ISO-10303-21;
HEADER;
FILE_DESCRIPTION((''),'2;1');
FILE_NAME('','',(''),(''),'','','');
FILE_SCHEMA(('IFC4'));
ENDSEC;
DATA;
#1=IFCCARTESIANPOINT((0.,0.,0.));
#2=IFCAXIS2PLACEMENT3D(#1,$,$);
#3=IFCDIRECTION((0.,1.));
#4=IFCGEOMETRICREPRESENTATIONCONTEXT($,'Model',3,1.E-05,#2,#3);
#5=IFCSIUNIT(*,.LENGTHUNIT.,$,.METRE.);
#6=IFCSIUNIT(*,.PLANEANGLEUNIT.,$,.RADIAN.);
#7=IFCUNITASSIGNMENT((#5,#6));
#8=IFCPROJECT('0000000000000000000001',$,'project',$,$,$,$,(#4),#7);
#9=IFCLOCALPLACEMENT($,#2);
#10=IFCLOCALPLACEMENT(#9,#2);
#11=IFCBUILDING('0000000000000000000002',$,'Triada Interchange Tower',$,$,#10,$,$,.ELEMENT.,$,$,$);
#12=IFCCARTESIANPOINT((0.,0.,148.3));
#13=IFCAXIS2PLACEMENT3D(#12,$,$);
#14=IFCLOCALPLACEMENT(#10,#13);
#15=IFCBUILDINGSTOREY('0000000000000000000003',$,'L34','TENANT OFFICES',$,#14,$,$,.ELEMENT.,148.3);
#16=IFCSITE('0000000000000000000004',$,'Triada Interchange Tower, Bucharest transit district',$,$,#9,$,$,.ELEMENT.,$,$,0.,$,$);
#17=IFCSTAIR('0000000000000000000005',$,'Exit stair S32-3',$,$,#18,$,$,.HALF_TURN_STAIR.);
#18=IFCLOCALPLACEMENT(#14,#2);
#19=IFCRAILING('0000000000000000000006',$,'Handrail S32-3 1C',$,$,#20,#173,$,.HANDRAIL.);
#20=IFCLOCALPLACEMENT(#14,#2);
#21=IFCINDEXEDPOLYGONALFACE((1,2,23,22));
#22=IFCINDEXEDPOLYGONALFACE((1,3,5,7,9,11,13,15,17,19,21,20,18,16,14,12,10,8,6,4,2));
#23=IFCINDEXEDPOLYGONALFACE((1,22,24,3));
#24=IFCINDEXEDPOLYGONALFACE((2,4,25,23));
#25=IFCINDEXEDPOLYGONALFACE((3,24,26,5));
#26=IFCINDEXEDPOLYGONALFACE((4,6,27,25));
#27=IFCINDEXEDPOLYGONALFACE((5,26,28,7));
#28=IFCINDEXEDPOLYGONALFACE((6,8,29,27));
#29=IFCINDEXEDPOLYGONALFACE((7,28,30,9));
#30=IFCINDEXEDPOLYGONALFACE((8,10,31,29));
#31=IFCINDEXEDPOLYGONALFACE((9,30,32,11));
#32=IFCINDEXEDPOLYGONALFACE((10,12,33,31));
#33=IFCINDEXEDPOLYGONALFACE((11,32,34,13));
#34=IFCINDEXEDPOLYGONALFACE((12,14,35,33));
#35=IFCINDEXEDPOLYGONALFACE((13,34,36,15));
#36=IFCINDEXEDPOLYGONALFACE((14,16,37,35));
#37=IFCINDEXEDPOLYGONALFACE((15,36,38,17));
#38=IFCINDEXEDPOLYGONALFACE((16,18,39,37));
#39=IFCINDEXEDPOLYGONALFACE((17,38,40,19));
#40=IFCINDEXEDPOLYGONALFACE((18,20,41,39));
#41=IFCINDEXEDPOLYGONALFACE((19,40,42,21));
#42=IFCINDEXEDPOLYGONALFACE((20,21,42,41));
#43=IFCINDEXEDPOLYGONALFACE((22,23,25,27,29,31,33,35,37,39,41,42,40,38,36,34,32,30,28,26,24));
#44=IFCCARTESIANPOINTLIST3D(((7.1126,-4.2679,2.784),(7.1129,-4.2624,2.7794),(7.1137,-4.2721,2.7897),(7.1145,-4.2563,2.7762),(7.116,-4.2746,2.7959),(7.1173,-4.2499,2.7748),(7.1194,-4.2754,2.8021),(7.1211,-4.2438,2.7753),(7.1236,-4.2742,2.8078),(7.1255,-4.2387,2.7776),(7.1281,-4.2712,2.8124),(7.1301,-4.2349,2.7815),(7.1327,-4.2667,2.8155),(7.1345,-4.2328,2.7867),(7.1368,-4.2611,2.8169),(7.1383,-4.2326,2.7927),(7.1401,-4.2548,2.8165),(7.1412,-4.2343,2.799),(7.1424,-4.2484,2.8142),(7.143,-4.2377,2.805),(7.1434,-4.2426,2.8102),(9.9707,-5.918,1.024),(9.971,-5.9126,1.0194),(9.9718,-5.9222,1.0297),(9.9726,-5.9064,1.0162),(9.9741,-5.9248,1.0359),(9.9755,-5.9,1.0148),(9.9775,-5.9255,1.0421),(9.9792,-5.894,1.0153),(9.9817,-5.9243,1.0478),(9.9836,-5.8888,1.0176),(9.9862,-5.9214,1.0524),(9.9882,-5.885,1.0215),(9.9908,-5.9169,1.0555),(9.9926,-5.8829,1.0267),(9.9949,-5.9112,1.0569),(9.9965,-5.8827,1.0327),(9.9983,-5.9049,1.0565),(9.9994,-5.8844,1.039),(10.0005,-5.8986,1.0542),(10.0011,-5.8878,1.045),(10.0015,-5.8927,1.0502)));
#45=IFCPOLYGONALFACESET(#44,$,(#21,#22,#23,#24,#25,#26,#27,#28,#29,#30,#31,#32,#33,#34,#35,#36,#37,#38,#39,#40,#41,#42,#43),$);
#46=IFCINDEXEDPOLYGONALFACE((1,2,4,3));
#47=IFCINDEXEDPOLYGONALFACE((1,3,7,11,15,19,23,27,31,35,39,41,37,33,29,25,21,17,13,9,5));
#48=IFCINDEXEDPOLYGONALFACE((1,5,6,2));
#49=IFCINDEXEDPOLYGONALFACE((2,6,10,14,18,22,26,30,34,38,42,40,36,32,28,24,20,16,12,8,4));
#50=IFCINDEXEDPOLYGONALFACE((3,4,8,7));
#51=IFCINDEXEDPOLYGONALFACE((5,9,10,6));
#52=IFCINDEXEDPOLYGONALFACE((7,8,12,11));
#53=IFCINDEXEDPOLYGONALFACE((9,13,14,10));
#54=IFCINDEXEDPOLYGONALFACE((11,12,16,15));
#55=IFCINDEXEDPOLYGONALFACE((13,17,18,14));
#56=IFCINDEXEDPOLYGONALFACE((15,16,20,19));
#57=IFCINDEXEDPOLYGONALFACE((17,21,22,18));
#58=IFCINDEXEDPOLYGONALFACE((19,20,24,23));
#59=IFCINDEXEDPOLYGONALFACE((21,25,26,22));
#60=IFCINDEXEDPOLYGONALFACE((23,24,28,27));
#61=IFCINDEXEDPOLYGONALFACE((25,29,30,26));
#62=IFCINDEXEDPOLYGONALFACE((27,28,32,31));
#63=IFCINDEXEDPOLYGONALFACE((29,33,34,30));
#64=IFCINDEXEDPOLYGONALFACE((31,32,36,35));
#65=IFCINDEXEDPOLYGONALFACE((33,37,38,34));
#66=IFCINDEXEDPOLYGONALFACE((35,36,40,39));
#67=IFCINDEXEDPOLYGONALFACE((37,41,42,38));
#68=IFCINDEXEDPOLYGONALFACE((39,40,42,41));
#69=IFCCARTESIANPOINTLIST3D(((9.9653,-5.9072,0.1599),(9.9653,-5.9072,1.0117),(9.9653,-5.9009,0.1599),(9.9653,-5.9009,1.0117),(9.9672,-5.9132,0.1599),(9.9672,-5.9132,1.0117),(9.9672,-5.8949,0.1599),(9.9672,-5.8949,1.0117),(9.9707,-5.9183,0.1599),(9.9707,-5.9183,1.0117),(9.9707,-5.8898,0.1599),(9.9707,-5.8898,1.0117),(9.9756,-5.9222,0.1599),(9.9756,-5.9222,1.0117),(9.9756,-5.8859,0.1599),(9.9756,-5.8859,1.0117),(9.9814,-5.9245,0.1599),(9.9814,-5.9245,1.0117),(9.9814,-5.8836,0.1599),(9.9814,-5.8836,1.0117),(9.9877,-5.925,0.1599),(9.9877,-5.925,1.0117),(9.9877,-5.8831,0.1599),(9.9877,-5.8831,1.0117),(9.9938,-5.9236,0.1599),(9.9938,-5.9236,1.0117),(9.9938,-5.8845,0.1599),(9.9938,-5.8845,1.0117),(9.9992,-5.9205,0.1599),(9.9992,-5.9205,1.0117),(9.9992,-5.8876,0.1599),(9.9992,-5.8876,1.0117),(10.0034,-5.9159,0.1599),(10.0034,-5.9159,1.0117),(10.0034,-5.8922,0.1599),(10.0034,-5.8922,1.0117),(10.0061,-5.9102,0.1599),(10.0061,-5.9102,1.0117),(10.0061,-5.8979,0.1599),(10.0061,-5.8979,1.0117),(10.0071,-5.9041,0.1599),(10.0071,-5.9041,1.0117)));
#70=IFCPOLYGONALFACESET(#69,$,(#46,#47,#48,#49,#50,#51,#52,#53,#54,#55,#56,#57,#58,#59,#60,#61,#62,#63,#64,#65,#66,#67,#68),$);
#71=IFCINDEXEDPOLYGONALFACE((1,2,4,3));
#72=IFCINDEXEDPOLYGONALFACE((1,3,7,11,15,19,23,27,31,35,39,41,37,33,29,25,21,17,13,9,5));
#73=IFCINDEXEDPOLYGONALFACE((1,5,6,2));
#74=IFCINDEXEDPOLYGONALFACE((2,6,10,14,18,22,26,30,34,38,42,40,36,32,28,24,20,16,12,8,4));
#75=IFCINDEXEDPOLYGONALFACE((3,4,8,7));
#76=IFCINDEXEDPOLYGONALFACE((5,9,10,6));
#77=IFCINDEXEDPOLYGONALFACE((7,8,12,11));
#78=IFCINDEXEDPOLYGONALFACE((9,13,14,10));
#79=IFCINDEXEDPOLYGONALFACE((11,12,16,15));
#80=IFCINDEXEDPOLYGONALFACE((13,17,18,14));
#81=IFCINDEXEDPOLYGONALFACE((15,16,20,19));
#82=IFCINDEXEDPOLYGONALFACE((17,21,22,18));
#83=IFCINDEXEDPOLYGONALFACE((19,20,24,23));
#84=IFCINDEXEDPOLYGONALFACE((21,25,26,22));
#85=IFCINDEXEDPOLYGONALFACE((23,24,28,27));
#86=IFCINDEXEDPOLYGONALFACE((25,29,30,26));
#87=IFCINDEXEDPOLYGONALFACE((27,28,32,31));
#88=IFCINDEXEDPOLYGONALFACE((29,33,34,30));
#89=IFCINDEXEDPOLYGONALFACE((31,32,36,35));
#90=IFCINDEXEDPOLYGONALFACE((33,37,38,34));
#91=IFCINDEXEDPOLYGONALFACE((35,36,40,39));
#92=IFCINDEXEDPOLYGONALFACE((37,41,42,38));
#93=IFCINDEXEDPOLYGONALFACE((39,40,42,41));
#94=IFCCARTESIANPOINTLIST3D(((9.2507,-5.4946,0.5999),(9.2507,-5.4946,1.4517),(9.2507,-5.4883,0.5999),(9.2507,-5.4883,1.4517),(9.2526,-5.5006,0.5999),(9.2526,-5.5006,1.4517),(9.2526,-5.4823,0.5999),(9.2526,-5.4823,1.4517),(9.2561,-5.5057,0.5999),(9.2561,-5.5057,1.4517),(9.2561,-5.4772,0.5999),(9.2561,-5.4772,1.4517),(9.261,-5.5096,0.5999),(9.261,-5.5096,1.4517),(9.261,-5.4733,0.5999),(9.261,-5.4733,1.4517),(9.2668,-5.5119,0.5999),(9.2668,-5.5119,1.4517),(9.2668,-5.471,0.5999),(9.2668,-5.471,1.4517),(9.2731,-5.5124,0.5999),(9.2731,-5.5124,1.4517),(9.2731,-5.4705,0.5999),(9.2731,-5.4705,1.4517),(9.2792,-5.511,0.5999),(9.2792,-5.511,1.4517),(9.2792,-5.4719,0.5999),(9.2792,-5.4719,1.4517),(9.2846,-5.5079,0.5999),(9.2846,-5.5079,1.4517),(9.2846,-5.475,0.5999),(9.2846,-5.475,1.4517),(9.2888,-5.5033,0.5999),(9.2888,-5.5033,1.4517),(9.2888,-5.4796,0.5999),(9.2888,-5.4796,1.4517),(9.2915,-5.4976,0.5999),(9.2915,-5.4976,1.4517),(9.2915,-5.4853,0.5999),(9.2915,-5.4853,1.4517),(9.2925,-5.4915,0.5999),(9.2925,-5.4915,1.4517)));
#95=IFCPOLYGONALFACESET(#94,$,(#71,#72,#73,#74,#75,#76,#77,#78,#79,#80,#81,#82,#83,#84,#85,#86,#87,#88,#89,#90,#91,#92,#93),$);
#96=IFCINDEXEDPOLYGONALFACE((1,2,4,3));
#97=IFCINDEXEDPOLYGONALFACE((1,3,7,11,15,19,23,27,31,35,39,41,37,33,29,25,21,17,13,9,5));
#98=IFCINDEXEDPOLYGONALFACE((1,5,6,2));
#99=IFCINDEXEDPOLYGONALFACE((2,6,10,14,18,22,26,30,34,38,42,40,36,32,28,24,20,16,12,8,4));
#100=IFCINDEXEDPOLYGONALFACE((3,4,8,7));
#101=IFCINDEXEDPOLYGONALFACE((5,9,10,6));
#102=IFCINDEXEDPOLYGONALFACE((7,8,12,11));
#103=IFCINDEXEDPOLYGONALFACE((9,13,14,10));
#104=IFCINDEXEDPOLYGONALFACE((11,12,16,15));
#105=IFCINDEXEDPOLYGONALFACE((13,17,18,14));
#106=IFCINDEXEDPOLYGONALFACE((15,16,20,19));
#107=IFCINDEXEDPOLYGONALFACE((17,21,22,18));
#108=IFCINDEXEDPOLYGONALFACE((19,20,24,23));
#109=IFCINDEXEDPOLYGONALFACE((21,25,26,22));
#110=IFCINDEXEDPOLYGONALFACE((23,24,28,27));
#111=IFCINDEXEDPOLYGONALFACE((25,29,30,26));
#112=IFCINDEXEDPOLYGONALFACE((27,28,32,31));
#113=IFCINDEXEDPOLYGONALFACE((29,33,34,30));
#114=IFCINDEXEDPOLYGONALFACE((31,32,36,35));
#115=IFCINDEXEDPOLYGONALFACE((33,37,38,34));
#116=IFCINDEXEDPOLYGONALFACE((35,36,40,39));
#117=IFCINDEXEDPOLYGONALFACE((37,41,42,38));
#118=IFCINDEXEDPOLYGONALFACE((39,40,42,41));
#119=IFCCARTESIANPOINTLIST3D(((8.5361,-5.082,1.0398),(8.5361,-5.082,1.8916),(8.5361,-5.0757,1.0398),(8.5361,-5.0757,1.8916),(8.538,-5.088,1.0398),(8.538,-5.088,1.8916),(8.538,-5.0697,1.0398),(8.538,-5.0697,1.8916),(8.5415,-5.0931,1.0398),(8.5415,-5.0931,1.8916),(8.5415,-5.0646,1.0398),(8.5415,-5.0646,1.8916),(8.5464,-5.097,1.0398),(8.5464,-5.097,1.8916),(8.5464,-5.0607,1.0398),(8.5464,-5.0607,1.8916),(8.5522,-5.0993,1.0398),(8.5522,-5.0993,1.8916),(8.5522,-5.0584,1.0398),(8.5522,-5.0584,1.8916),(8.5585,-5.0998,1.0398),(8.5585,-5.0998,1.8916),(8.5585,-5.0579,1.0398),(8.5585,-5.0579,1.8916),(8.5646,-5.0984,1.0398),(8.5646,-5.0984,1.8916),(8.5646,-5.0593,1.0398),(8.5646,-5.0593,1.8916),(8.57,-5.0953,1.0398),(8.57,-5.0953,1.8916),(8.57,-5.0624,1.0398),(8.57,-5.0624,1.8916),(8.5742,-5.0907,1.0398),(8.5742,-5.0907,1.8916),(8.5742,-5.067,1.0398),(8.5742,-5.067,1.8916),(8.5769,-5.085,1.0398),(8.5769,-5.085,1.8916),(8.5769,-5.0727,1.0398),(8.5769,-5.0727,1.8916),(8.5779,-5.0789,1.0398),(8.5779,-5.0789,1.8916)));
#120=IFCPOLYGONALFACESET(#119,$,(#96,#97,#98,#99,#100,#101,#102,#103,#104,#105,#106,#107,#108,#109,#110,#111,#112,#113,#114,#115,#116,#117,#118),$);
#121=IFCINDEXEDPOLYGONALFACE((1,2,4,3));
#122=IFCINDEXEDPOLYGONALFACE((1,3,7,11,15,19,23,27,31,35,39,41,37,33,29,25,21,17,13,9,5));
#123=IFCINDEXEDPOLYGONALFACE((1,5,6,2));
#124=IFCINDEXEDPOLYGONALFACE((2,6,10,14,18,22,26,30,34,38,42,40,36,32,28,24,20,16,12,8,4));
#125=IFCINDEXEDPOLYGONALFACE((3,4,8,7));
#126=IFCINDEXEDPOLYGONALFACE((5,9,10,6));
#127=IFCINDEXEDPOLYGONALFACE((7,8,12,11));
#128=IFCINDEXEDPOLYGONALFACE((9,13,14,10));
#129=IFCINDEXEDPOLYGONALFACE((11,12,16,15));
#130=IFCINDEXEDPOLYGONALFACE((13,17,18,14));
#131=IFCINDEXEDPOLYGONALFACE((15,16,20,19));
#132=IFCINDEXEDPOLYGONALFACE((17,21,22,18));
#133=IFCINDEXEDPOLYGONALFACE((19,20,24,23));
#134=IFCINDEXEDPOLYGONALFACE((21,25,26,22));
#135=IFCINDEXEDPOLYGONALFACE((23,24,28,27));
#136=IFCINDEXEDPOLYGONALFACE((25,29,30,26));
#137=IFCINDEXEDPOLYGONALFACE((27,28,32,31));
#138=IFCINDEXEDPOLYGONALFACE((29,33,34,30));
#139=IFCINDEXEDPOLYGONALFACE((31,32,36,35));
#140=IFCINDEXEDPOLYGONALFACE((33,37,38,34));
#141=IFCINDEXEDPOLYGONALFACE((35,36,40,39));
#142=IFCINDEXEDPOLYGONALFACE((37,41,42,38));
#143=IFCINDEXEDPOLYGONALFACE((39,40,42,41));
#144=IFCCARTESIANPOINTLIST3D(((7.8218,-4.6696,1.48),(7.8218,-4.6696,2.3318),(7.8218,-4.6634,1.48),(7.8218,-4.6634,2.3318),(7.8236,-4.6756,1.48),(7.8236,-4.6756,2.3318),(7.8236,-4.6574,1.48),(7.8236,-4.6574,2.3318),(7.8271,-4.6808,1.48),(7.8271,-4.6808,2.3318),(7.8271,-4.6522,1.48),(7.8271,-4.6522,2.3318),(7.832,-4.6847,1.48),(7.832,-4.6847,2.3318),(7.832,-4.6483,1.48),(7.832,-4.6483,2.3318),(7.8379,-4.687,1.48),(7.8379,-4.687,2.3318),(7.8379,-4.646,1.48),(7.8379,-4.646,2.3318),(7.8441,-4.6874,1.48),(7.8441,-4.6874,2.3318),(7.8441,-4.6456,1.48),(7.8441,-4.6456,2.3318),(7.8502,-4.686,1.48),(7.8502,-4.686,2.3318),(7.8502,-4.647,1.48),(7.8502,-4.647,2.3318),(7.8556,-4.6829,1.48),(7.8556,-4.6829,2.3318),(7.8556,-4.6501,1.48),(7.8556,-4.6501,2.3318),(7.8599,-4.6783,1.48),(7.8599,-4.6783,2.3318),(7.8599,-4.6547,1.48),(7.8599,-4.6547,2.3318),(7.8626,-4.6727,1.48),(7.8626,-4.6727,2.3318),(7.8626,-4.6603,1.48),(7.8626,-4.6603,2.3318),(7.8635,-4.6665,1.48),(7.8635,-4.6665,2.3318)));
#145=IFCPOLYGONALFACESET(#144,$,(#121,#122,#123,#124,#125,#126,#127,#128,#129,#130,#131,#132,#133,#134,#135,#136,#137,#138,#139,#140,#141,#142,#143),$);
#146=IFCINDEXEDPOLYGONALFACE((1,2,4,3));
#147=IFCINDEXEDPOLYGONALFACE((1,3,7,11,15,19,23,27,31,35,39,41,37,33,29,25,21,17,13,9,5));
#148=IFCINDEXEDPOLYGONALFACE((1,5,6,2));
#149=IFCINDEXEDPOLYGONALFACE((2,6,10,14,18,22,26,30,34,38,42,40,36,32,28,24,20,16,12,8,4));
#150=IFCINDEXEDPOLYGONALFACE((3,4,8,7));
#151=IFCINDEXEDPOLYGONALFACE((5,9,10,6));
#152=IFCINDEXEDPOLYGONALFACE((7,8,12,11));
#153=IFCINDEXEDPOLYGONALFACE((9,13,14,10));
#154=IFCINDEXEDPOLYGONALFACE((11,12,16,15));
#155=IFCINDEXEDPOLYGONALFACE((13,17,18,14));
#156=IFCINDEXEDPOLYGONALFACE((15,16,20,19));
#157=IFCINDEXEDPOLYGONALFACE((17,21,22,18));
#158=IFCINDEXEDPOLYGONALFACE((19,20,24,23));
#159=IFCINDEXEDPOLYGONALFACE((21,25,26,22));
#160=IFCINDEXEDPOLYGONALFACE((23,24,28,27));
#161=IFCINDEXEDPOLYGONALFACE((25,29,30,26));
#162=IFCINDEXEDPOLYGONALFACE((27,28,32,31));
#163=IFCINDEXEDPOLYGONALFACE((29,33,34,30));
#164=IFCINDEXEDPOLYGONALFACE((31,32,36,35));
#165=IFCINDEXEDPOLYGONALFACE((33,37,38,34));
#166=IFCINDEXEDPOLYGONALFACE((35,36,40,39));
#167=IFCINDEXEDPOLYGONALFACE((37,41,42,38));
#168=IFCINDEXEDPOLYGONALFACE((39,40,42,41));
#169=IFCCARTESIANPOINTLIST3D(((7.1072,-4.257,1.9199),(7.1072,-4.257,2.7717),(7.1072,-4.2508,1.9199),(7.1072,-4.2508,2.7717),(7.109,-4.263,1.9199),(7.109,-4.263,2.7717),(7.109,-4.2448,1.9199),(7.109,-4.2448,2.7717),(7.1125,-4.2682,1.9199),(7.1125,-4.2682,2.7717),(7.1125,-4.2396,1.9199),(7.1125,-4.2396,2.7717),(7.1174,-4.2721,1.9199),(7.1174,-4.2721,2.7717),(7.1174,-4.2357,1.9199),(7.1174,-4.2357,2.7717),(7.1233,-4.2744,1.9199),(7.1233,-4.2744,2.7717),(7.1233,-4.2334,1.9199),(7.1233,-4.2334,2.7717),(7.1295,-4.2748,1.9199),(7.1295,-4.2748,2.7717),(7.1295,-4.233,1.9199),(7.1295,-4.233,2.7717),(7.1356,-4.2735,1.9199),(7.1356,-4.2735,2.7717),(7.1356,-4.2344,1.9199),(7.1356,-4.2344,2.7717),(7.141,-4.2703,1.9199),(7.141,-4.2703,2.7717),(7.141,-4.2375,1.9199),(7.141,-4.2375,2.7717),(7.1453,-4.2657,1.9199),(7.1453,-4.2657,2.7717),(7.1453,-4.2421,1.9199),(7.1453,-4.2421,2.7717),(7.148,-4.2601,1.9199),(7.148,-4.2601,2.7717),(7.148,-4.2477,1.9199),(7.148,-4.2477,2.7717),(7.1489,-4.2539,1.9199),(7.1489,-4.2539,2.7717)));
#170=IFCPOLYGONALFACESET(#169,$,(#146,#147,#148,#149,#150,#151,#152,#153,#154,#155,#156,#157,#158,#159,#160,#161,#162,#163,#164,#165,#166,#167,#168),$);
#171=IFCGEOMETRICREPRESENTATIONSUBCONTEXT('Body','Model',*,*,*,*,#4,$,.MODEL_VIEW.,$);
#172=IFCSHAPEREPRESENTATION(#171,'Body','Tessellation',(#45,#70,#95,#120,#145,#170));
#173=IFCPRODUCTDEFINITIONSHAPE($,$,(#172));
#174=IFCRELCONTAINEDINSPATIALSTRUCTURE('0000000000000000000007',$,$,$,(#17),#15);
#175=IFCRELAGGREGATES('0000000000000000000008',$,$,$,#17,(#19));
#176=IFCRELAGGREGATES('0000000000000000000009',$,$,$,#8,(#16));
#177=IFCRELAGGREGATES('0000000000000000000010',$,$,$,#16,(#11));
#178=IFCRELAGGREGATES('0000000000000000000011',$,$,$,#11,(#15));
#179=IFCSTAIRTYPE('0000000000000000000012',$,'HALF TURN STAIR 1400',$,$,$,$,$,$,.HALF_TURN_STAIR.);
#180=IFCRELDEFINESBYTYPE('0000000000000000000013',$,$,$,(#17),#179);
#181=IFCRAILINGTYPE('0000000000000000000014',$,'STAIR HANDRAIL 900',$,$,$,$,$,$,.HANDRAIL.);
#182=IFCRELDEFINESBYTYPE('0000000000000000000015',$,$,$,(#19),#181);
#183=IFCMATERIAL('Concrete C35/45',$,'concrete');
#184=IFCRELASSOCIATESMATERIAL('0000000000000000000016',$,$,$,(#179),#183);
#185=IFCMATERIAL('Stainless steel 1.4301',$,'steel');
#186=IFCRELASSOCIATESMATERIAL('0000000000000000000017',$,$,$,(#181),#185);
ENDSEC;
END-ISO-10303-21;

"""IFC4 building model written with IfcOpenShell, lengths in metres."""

from ifc_helpers import new_model, si_unit, direction, frame, origin, origin_2d, place, context, subcontext, project, spatial, circle, extrude, material, type_object, element, aggregate, save


model = new_model("IFC4")

# Units and contexts
model_context = context("Model", 3, precision=1e-05, world=origin(), true_north=direction((0.0, 1.0)))
body_context = subcontext(model_context, "Body", "Model", "MODEL_VIEW")
ifc_project = project(units=[si_unit("LENGTHUNIT", "METRE"), si_unit("PLANEANGLEUNIT", "RADIAN")], contexts=[model_context])

# Site, building, storey
site_placement = place(None, origin())
site = spatial("IfcSite", under=ifc_project, at=site_placement, Name="Triada Interchange Tower, Bucharest transit district", CompositionType="ELEMENT", RefElevation=0.0)
building_placement = place(site_placement, origin())
building = spatial("IfcBuilding", under=site, at=building_placement, Name="Triada Interchange Tower", CompositionType="ELEMENT")
storey_placement = place(building_placement, frame((0.0, 0.0, 148.3)))
storey = spatial("IfcBuildingStorey", under=building, at=storey_placement, Name="L34", Description="TENANT OFFICES", CompositionType="ELEMENT", Elevation=148.3)

# Stair
ifc_material_1 = material(Name="Concrete C35/45", Category="concrete")
stair_type = type_object("IfcStairType", Name="HALF TURN STAIR 1400", PredefinedType="HALF_TURN_STAIR", material=ifc_material_1)
stair_placement = place(storey_placement, origin())
stair = element("IfcStair", 1, at=stair_placement, inside=storey, type_object=stair_type, Name="Exit stair S32-3", PredefinedType="HALF_TURN_STAIR")

# Railing
ifc_material_2 = material(Name="Stainless steel 1.4301", Category="steel")
railing_type = type_object("IfcRailingType", Name="STAIR HANDRAIL 900", PredefinedType="HANDRAIL", material=ifc_material_2)
railing_1_placement = place(storey_placement, frame((9.9861, -5.9041, 0.1599)))
railing_1 = element("IfcRailing", 2, at=railing_1_placement, type_object=railing_type, Name="Handrail S32-3 1C", PredefinedType="HANDRAIL", context=body_context, shape_type="SweptSolid", body=[
    extrude(circle(Radius=0.0239, at=origin_2d()), frame((0.0, 0.0, 0.876), z_axis=(-0.764156, 0.441183, 0.470556), x_axis=(-0.499998, -0.866027, 0.0)), (0.0, 0.0, 1.0), 3.7402),
    extrude(circle(Radius=0.021, at=origin_2d()), origin(), (0.0, 0.0, 1.0), 0.8518),
    extrude(circle(Radius=0.021, at=origin_2d()), frame((-0.7146, 0.4126, 0.4399)), (0.0, 0.0, 1.0), 0.8518),
    extrude(circle(Radius=0.021, at=origin_2d()), frame((-1.4292, 0.8252, 0.8799)), (0.0, 0.0, 1.0), 0.8518),
    extrude(circle(Radius=0.021, at=origin_2d()), frame((-2.1436, 1.2375, 1.3201)), (0.0, 0.0, 1.0), 0.8518),
    extrude(circle(Radius=0.021, at=origin_2d()), frame((-2.8582, 1.6501, 1.76)), (0.0, 0.0, 1.0), 0.8518),
])
aggregate(stair, [railing_1])

save(model, "model.ifc")
